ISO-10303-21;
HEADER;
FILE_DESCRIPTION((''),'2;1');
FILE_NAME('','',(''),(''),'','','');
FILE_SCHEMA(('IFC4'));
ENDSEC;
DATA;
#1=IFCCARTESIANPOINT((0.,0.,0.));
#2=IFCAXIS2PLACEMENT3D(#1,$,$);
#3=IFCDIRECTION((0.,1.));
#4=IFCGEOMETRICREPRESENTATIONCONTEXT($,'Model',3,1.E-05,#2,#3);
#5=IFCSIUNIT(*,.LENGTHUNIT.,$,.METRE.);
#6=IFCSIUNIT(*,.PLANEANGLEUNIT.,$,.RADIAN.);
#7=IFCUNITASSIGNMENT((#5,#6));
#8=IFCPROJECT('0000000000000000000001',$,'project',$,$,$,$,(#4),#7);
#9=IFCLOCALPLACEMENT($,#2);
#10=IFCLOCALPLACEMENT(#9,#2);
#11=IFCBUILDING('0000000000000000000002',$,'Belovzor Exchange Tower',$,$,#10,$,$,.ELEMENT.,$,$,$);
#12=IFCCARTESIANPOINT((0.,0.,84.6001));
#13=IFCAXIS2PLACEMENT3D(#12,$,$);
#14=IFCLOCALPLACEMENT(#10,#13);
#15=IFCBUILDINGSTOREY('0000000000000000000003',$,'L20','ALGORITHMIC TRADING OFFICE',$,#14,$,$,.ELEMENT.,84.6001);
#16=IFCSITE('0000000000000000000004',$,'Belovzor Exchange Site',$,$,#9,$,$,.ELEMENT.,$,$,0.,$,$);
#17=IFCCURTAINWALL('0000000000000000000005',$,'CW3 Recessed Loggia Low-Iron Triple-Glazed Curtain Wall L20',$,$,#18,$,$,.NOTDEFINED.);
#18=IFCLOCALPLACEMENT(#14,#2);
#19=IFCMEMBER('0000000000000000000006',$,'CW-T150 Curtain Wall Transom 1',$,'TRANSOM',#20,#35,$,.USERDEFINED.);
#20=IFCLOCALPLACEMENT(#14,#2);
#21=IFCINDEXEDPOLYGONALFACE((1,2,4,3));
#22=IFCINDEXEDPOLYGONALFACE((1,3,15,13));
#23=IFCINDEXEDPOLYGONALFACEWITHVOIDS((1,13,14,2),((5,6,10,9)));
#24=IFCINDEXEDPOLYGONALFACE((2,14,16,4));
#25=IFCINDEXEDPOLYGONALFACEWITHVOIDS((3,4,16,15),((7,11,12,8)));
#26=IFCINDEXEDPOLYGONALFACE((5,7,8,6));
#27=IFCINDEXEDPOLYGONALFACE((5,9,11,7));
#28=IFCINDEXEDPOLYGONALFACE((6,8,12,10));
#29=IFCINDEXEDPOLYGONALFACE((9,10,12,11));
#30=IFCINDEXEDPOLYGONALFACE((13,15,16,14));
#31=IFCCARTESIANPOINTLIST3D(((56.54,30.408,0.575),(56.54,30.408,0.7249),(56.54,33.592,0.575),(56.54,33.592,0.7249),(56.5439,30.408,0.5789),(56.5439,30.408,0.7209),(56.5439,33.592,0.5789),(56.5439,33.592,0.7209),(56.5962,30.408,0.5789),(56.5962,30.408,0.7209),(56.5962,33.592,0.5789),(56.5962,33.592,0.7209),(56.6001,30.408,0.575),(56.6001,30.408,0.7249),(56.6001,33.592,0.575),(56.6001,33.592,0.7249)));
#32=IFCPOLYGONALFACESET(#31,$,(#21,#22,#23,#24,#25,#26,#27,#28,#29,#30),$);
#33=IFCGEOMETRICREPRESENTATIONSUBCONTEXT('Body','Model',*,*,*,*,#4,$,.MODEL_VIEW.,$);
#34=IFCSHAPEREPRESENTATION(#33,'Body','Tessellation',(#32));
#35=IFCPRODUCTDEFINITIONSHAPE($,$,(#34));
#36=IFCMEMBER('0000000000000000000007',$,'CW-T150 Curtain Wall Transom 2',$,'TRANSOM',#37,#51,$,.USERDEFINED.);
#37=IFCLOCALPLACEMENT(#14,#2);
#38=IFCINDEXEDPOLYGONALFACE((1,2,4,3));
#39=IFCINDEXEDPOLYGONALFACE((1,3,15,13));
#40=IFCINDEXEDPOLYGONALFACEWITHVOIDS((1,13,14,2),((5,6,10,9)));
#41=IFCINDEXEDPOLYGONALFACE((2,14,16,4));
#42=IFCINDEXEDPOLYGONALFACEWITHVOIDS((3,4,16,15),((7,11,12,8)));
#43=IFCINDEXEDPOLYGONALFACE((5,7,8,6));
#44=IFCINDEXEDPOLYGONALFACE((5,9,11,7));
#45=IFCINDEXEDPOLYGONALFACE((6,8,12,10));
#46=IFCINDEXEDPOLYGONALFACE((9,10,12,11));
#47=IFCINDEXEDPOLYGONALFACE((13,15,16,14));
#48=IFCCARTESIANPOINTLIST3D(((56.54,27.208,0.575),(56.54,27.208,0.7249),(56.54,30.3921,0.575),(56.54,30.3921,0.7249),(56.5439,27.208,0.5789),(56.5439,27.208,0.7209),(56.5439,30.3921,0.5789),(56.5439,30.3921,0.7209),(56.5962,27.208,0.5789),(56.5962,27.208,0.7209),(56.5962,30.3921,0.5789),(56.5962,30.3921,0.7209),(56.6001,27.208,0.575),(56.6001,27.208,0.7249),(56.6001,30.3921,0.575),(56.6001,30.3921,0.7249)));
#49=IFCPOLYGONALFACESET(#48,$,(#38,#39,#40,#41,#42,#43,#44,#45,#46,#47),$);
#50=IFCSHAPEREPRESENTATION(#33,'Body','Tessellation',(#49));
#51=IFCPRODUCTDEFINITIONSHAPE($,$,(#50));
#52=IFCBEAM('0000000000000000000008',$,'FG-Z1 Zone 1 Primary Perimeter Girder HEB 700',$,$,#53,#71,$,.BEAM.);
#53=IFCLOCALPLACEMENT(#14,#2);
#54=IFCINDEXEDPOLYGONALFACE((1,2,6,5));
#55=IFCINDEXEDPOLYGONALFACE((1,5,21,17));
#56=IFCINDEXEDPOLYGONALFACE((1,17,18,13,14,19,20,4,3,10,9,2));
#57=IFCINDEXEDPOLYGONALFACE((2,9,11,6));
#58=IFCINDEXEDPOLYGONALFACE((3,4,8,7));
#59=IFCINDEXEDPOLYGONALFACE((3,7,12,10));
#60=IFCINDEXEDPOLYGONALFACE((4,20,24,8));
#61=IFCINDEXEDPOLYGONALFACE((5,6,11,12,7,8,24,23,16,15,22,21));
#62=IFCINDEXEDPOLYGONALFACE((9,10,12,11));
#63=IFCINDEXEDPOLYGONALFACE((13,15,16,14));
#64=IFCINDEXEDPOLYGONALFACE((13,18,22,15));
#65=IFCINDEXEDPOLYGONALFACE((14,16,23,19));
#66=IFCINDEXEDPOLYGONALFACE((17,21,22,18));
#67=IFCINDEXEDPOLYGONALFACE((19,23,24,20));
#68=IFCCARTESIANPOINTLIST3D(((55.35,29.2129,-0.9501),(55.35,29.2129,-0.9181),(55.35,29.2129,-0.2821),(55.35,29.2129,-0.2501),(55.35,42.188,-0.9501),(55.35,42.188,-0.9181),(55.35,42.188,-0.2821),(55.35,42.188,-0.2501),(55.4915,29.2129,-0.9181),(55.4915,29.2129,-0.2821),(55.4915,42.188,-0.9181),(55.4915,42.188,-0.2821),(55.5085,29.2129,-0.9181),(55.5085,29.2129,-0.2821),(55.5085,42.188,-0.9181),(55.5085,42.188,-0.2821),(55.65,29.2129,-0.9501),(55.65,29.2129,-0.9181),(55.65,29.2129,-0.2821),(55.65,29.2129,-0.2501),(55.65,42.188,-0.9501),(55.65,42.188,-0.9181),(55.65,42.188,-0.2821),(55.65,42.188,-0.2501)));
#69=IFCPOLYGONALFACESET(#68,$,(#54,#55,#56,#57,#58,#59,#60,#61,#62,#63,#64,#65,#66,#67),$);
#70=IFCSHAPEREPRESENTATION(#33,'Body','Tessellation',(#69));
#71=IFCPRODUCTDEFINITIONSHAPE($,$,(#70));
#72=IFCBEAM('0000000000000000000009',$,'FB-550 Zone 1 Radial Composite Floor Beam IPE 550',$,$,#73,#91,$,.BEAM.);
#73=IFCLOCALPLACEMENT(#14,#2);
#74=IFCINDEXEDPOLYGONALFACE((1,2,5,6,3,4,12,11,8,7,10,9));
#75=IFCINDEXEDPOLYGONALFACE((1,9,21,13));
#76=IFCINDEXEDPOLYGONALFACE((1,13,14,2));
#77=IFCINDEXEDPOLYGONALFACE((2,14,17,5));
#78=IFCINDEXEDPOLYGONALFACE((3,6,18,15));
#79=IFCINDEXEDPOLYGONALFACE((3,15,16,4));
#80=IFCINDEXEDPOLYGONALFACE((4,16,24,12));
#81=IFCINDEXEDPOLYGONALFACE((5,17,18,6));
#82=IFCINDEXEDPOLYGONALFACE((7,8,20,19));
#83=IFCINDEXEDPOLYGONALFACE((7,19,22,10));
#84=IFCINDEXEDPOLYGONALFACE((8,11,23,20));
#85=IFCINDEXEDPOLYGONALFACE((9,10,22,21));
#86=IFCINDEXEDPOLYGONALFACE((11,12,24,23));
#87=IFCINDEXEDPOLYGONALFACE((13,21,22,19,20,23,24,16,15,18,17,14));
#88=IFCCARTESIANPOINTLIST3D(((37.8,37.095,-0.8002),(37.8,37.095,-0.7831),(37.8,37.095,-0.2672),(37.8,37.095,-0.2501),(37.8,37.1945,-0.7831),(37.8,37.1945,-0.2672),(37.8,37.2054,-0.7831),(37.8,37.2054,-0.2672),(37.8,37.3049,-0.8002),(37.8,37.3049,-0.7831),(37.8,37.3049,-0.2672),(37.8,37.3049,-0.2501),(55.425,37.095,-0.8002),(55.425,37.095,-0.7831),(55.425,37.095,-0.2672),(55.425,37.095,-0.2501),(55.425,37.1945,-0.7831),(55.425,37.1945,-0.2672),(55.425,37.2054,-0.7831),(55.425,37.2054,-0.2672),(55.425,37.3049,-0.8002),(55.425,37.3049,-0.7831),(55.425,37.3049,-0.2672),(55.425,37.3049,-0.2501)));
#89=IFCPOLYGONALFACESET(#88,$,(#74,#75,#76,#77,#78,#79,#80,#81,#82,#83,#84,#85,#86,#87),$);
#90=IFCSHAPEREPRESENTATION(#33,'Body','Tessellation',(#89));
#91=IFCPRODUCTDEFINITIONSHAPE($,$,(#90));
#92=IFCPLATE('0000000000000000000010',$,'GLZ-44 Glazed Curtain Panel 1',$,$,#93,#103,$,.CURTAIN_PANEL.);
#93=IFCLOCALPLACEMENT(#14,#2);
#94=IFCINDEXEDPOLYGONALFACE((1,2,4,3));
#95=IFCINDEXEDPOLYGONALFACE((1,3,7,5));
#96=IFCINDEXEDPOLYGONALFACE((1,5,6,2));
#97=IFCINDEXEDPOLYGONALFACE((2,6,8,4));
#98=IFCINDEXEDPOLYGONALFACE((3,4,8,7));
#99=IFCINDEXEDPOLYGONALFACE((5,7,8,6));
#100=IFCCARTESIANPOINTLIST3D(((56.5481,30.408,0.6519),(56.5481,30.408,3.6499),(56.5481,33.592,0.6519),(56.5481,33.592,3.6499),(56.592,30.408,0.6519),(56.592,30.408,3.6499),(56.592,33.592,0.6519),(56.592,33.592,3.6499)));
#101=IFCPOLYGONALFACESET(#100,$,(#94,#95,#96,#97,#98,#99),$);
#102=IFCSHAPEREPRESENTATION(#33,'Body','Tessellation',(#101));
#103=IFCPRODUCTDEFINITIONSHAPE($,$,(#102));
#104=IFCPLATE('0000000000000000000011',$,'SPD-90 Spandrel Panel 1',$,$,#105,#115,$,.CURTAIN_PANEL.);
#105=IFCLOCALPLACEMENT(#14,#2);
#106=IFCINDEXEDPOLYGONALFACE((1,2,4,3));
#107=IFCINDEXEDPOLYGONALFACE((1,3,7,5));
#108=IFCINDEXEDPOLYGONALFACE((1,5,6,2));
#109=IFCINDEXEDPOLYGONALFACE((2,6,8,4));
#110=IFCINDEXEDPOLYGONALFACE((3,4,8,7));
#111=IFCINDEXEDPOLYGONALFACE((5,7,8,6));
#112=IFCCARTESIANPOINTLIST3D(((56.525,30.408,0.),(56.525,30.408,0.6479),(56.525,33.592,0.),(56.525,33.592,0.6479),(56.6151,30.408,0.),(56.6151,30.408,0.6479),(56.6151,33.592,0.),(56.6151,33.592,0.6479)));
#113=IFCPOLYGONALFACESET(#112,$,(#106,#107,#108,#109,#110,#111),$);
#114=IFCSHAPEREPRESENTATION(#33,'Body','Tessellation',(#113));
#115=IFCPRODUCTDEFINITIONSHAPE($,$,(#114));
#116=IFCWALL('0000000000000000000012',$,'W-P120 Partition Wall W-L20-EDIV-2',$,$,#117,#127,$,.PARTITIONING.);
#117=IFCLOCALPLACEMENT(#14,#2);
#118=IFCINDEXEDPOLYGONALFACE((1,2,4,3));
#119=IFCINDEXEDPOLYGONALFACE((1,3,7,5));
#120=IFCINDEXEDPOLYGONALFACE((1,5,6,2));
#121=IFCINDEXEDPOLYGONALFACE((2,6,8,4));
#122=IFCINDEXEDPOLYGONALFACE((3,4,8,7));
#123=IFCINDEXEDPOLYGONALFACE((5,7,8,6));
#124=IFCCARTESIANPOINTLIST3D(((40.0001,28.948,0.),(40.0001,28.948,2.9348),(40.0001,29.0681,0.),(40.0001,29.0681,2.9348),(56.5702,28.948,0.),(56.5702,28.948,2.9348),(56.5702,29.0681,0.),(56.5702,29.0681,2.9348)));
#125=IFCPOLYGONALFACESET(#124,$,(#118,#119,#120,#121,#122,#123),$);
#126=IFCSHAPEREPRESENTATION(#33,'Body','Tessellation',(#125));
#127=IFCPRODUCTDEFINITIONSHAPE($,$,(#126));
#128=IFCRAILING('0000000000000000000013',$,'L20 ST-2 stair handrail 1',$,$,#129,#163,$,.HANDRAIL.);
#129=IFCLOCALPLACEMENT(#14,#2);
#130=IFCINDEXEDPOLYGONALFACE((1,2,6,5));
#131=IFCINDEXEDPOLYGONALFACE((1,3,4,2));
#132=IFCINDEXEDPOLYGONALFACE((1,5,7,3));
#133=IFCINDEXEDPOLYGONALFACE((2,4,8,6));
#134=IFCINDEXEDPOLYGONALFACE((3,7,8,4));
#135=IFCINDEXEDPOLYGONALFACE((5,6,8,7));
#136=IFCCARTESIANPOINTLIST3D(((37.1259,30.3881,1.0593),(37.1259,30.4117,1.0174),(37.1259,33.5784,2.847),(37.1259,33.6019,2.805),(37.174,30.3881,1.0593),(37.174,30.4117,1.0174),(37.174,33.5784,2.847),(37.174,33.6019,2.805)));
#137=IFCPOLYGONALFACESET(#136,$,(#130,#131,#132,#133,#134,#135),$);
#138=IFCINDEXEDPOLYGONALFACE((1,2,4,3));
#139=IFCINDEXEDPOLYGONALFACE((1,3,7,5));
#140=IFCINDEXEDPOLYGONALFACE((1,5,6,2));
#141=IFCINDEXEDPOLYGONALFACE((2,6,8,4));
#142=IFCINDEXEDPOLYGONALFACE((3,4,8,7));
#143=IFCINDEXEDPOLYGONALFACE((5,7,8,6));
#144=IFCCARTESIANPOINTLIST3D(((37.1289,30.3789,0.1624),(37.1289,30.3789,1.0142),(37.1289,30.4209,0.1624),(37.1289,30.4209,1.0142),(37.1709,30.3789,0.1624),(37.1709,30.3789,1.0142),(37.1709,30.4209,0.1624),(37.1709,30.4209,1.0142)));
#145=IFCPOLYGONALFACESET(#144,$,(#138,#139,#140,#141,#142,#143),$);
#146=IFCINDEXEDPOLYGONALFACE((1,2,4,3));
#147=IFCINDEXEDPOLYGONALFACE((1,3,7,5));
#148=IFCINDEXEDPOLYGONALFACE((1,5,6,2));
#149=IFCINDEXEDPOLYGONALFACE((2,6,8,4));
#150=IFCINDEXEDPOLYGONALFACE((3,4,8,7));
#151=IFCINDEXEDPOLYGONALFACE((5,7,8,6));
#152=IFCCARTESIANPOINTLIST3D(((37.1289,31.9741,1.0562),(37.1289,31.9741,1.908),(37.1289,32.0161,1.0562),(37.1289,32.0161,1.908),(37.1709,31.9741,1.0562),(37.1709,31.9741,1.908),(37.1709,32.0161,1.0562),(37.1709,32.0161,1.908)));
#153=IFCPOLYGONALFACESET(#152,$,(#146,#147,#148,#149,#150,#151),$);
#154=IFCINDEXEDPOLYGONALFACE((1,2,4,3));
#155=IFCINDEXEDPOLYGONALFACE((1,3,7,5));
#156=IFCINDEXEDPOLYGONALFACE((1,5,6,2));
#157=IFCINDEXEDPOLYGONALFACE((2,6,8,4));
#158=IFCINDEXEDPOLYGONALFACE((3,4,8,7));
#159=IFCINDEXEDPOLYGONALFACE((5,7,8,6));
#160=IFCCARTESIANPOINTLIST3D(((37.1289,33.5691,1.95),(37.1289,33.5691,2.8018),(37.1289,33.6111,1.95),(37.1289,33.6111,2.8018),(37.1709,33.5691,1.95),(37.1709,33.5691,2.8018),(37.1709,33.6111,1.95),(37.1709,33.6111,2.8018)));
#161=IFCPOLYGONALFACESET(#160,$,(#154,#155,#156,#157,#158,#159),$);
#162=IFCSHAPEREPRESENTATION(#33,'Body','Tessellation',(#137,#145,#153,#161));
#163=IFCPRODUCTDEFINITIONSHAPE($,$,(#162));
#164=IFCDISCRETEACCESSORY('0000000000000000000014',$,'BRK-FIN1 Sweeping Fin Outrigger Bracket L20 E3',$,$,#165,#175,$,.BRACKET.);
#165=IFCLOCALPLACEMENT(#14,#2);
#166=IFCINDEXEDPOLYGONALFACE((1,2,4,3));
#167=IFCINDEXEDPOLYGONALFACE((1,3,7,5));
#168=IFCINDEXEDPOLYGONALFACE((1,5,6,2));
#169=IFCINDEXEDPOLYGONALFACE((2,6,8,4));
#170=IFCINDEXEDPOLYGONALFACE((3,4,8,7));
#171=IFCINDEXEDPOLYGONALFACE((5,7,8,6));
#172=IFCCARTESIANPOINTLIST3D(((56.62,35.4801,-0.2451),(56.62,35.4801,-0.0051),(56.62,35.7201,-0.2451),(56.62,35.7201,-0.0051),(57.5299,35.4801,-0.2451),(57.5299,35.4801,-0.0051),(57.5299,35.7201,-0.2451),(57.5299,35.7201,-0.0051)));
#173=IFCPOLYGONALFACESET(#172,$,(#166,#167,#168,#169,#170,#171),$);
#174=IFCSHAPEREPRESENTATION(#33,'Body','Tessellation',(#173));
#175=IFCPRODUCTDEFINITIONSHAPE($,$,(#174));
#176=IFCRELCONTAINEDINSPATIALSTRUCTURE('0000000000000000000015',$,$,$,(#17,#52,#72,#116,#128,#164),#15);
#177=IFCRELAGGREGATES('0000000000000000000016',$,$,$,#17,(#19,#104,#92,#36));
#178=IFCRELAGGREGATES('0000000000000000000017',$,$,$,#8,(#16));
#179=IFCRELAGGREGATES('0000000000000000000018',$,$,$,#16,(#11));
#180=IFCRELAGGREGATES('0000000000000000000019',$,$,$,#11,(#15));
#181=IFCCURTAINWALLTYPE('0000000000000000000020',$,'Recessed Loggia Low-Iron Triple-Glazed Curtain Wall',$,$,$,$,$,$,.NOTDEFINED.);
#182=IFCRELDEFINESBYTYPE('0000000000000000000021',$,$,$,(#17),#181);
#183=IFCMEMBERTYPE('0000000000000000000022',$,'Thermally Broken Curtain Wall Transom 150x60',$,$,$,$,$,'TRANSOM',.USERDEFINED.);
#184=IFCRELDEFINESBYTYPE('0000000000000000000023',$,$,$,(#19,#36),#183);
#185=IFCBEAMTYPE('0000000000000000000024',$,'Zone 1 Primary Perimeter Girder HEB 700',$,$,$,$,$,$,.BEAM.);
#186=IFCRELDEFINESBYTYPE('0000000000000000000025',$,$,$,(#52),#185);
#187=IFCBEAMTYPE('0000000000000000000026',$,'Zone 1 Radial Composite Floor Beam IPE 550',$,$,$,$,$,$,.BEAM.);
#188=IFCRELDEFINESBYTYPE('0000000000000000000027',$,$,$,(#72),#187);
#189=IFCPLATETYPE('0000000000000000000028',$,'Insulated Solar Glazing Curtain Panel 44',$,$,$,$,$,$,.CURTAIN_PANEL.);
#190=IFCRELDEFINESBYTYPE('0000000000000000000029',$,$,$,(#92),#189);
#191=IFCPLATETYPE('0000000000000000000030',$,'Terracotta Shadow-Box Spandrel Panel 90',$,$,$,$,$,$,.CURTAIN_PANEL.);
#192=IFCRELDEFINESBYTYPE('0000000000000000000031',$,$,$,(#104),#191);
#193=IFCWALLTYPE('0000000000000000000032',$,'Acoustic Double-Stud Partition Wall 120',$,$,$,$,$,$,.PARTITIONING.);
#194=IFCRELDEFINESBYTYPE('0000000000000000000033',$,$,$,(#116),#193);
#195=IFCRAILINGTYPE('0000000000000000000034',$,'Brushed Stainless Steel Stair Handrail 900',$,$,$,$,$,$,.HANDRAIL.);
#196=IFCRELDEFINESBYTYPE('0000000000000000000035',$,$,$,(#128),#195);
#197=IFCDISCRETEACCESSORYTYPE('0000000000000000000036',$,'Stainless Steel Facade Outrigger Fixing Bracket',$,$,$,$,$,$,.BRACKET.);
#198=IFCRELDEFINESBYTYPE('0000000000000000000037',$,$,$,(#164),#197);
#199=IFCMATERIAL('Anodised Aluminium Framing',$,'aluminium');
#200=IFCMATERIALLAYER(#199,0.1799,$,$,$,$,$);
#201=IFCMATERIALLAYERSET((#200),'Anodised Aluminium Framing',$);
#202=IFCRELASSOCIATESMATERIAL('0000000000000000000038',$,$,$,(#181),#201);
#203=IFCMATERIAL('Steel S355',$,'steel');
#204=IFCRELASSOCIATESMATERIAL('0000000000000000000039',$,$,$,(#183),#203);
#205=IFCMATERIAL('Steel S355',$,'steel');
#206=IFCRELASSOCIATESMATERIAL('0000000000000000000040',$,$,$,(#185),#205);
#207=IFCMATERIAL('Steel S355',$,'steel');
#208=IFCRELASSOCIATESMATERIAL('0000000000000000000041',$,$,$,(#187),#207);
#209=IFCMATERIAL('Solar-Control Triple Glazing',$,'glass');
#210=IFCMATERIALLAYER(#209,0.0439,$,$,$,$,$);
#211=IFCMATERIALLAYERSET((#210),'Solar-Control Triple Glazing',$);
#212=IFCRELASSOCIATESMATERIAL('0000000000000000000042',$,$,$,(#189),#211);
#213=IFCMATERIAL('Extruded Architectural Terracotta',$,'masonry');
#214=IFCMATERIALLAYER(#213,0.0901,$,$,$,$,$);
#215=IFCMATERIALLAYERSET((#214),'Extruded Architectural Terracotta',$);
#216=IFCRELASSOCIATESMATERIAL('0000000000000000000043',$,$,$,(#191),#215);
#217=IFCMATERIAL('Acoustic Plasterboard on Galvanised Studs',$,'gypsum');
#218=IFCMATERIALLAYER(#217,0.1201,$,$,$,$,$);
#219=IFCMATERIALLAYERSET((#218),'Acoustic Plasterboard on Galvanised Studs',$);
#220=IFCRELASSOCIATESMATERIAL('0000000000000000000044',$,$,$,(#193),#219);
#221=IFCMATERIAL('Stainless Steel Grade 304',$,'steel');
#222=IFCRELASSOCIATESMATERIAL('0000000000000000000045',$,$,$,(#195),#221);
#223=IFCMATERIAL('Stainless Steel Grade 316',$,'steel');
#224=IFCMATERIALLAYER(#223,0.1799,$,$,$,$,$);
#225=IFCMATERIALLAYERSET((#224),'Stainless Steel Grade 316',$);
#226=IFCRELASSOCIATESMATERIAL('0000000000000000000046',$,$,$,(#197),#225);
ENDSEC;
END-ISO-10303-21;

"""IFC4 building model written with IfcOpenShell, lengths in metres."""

from ifc_helpers import new_model, si_unit, direction, frame, frame_2d, origin, origin_2d, place, context, subcontext, project, spatial, rectangle, hollow_rectangle, i_section, extrude, material, layer, layer_set, material_profile, profile_set, type_object, element, aggregate, save


model = new_model("IFC4")

# Units and contexts
model_context = context("Model", 3, precision=1e-05, world=origin(), true_north=direction((0.0, 1.0)))
body_context = subcontext(model_context, "Body", "Model", "MODEL_VIEW")
ifc_project = project(units=[si_unit("LENGTHUNIT", "METRE"), si_unit("PLANEANGLEUNIT", "RADIAN")], contexts=[model_context])

# Site, building, storey
site_placement = place(None, origin())
site = spatial("IfcSite", under=ifc_project, at=site_placement, Name="Belovzor Exchange Site", CompositionType="ELEMENT", RefElevation=0.0)
building_placement = place(site_placement, origin())
building = spatial("IfcBuilding", under=site, at=building_placement, Name="Belovzor Exchange Tower", CompositionType="ELEMENT")
storey_placement = place(building_placement, frame((0.0, 0.0, 84.6001)))
storey = spatial("IfcBuildingStorey", under=building, at=storey_placement, Name="L20", Description="ALGORITHMIC TRADING OFFICE", CompositionType="ELEMENT", Elevation=84.6001)

# Curtain wall, members
ifc_material_1 = material(Name="Anodised Aluminium Framing", Category="aluminium")
ifc_layer_1 = layer(ifc_material_1, 0.1799)
ifc_layer_set_1 = layer_set([ifc_layer_1], Name="Anodised Aluminium Framing")
curtain_wall_type = type_object("IfcCurtainWallType", Name="Recessed Loggia Low-Iron Triple-Glazed Curtain Wall", PredefinedType="NOTDEFINED", material=ifc_layer_set_1)
curtain_wall_placement = place(storey_placement, origin())
curtain_wall = element("IfcCurtainWall", 1, at=curtain_wall_placement, inside=storey, type_object=curtain_wall_type, Name="CW3 Recessed Loggia Low-Iron Triple-Glazed Curtain Wall L20", PredefinedType="NOTDEFINED")
ifc_material_2 = material(Name="Steel S355", Category="steel")
ifc_material_profile_1 = material_profile(ifc_material_2, hollow_rectangle(XDim=0.0601, YDim=0.1499, WallThickness=0.0039, at=origin_2d()))
ifc_profile_set_1 = profile_set([ifc_material_profile_1], Name="Steel S355")
member_type_1 = type_object("IfcMemberType", Name="Thermally Broken Curtain Wall Transom 150x60", ElementType="TRANSOM", PredefinedType="USERDEFINED", material=ifc_profile_set_1)
member_1_placement = place(storey_placement, frame((56.5701, 33.592, 0.6499), z_axis=(0.0, -1.0, 0.0), x_axis=(1.0, 0.0, 0.0)))
member_1 = element("IfcMember", 2, at=member_1_placement, type_object=member_type_1, Name="CW-T150 Curtain Wall Transom 1", ObjectType="TRANSOM", PredefinedType="USERDEFINED", context=body_context, shape_type="SweptSolid", body=[
    extrude(hollow_rectangle(XDim=0.0601, YDim=0.1499, WallThickness=0.0039, at=origin_2d()), origin(), (0.0, 0.0, 1.0), 3.1841),
])
member_2_placement = place(storey_placement, frame((56.5701, 30.3921, 0.6499), z_axis=(0.0, -1.0, 0.0), x_axis=(1.0, 0.0, 0.0)))
member_2 = element("IfcMember", 3, at=member_2_placement, type_object=member_type_1, Name="CW-T150 Curtain Wall Transom 2", ObjectType="TRANSOM", PredefinedType="USERDEFINED", context=body_context, shape_type="SweptSolid", body=[
    extrude(hollow_rectangle(XDim=0.0601, YDim=0.1499, WallThickness=0.0039, at=origin_2d()), origin(), (0.0, 0.0, 1.0), 3.1841),
])

# Beams
ifc_material_3 = material(Name="Steel S355", Category="steel")
ifc_material_profile_2 = material_profile(ifc_material_3, i_section(OverallWidth=0.3, OverallDepth=0.7, WebThickness=0.0171, FlangeThickness=0.032, at=origin_2d()))
ifc_profile_set_2 = profile_set([ifc_material_profile_2], Name="Steel S355")
beam_type_1 = type_object("IfcBeamType", Name="Zone 1 Primary Perimeter Girder HEB 700", PredefinedType="BEAM", material=ifc_profile_set_2)
beam_1_placement = place(storey_placement, frame((55.5, 29.2129, -0.6001), z_axis=(0.0, 1.0, 0.0), x_axis=(-1.0, 0.0, 0.0)))
element("IfcBeam", 4, at=beam_1_placement, inside=storey, type_object=beam_type_1, Name="FG-Z1 Zone 1 Primary Perimeter Girder HEB 700", PredefinedType="BEAM", context=body_context, shape_type="SweptSolid", body=[
    extrude(i_section(OverallWidth=0.3, OverallDepth=0.7, WebThickness=0.0171, FlangeThickness=0.032, at=origin_2d()), origin(), (0.0, 0.0, 1.0), 12.9751),
])
ifc_material_4 = material(Name="Steel S355", Category="steel")
ifc_material_profile_3 = material_profile(ifc_material_4, i_section(OverallWidth=0.21, OverallDepth=0.55, WebThickness=0.011, FlangeThickness=0.0171, at=origin_2d()))
ifc_profile_set_3 = profile_set([ifc_material_profile_3], Name="Steel S355")
beam_type_2 = type_object("IfcBeamType", Name="Zone 1 Radial Composite Floor Beam IPE 550", PredefinedType="BEAM", material=ifc_profile_set_3)
beam_2_placement = place(storey_placement, frame((37.8, 37.2, -0.5251), z_axis=(1.0, 0.0, 0.0), x_axis=(0.0, 1.0, 0.0)))
element("IfcBeam", 5, at=beam_2_placement, inside=storey, type_object=beam_type_2, Name="FB-550 Zone 1 Radial Composite Floor Beam IPE 550", PredefinedType="BEAM", context=body_context, shape_type="SweptSolid", body=[
    extrude(i_section(OverallWidth=0.21, OverallDepth=0.55, WebThickness=0.011, FlangeThickness=0.0171, at=origin_2d()), origin(), (0.0, 0.0, 1.0), 17.625),
])

# Plates
ifc_material_5 = material(Name="Solar-Control Triple Glazing", Category="glass")
ifc_layer_2 = layer(ifc_material_5, 0.0439)
ifc_layer_set_2 = layer_set([ifc_layer_2], Name="Solar-Control Triple Glazing")
plate_type_1 = type_object("IfcPlateType", Name="Insulated Solar Glazing Curtain Panel 44", PredefinedType="CURTAIN_PANEL", material=ifc_layer_set_2)
plate_1_placement = place(storey_placement, frame((56.5701, 32.0, 0.6519), z_axis=(0.0, 0.0, 1.0), x_axis=(0.0, -1.0, 0.0)))
plate_1 = element("IfcPlate", 6, at=plate_1_placement, type_object=plate_type_1, Name="GLZ-44 Glazed Curtain Panel 1", PredefinedType="CURTAIN_PANEL", context=body_context, shape_type="SweptSolid", body=[
    extrude(rectangle(XDim=3.1841, YDim=0.0439, at=origin_2d()), origin(), (0.0, 0.0, 1.0), 2.998),
])
ifc_material_6 = material(Name="Extruded Architectural Terracotta", Category="masonry")
ifc_layer_3 = layer(ifc_material_6, 0.0901)
ifc_layer_set_3 = layer_set([ifc_layer_3], Name="Extruded Architectural Terracotta")
plate_type_2 = type_object("IfcPlateType", Name="Terracotta Shadow-Box Spandrel Panel 90", PredefinedType="CURTAIN_PANEL", material=ifc_layer_set_3)
plate_2_placement = place(storey_placement, frame((56.5701, 32.0, 0.0), z_axis=(0.0, 0.0, 1.0), x_axis=(0.0, -1.0, 0.0)))
plate_2 = element("IfcPlate", 7, at=plate_2_placement, type_object=plate_type_2, Name="SPD-90 Spandrel Panel 1", PredefinedType="CURTAIN_PANEL", context=body_context, shape_type="SweptSolid", body=[
    extrude(rectangle(XDim=3.1841, YDim=0.0901, at=origin_2d()), origin(), (0.0, 0.0, 1.0), 0.6479),
])
aggregate(curtain_wall, [member_1, plate_2, plate_1, member_2])

# Wall
ifc_material_7 = material(Name="Acoustic Plasterboard on Galvanised Studs", Category="gypsum")
ifc_layer_4 = layer(ifc_material_7, 0.1201)
ifc_layer_set_4 = layer_set([ifc_layer_4], Name="Acoustic Plasterboard on Galvanised Studs")
wall_type = type_object("IfcWallType", Name="Acoustic Double-Stud Partition Wall 120", PredefinedType="PARTITIONING", material=ifc_layer_set_4)
wall_placement = place(storey_placement, frame((40.0, 29.0081, 0.0), z_axis=(0.0, 0.0, 1.0), x_axis=(1.0, 0.0, 0.0)))
element("IfcWall", 8, at=wall_placement, inside=storey, type_object=wall_type, Name="W-P120 Partition Wall W-L20-EDIV-2", PredefinedType="PARTITIONING", context=body_context, shape_type="SweptSolid", body=[
    extrude(rectangle(XDim=16.5701, YDim=0.1201, at=frame_2d((8.2852, 0.0))), origin(), (0.0, 0.0, 1.0), 2.9348),
])

# Railing
ifc_material_8 = material(Name="Stainless Steel Grade 304", Category="steel")
railing_type = type_object("IfcRailingType", Name="Brushed Stainless Steel Stair Handrail 900", PredefinedType="HANDRAIL", material=ifc_material_8)
railing_placement = place(storey_placement, frame((37.1499, 30.3999, 0.1624)))
element("IfcRailing", 9, at=railing_placement, inside=storey, type_object=railing_type, Name="L20 ST-2 stair handrail 1", PredefinedType="HANDRAIL", context=body_context, shape_type="SweptSolid", body=[
    extrude(rectangle(XDim=0.0481, YDim=0.0481, at=origin_2d()), frame((0.0, 0.0, 0.876), z_axis=(0.0, 0.872378, 0.488831), x_axis=(-1.0, 0.0, 0.0)), (0.0, 0.0, 1.0), 3.657),
    extrude(rectangle(XDim=0.042, YDim=0.042, at=origin_2d()), origin(), (0.0, 0.0, 1.0), 0.8518),
    extrude(rectangle(XDim=0.042, YDim=0.042, at=origin_2d()), frame((0.0, 1.5952, 0.8938)), (0.0, 0.0, 1.0), 0.8518),
    extrude(rectangle(XDim=0.042, YDim=0.042, at=origin_2d()), frame((0.0, 3.1902, 1.7876)), (0.0, 0.0, 1.0), 0.8518),
])

# Discrete accessory
ifc_material_9 = material(Name="Stainless Steel Grade 316", Category="steel")
ifc_layer_5 = layer(ifc_material_9, 0.1799)
ifc_layer_set_5 = layer_set([ifc_layer_5], Name="Stainless Steel Grade 316")
discrete_accessory_type = type_object("IfcDiscreteAccessoryType", Name="Stainless Steel Facade Outrigger Fixing Bracket", PredefinedType="BRACKET", material=ifc_layer_set_5)
discrete_accessory_placement = place(storey_placement, frame((57.075, 35.6001, -0.2451), z_axis=(0.0, 0.0, 1.0), x_axis=(1.0, 0.0, 0.0)))
element("IfcDiscreteAccessory", 10, at=discrete_accessory_placement, inside=storey, type_object=discrete_accessory_type, Name="BRK-FIN1 Sweeping Fin Outrigger Bracket L20 E3", PredefinedType="BRACKET", context=body_context, shape_type="SweptSolid", body=[
    extrude(rectangle(XDim=0.9099, YDim=0.24, at=origin_2d()), origin(), (0.0, 0.0, 1.0), 0.24),
])

save(model, "model.ifc")
